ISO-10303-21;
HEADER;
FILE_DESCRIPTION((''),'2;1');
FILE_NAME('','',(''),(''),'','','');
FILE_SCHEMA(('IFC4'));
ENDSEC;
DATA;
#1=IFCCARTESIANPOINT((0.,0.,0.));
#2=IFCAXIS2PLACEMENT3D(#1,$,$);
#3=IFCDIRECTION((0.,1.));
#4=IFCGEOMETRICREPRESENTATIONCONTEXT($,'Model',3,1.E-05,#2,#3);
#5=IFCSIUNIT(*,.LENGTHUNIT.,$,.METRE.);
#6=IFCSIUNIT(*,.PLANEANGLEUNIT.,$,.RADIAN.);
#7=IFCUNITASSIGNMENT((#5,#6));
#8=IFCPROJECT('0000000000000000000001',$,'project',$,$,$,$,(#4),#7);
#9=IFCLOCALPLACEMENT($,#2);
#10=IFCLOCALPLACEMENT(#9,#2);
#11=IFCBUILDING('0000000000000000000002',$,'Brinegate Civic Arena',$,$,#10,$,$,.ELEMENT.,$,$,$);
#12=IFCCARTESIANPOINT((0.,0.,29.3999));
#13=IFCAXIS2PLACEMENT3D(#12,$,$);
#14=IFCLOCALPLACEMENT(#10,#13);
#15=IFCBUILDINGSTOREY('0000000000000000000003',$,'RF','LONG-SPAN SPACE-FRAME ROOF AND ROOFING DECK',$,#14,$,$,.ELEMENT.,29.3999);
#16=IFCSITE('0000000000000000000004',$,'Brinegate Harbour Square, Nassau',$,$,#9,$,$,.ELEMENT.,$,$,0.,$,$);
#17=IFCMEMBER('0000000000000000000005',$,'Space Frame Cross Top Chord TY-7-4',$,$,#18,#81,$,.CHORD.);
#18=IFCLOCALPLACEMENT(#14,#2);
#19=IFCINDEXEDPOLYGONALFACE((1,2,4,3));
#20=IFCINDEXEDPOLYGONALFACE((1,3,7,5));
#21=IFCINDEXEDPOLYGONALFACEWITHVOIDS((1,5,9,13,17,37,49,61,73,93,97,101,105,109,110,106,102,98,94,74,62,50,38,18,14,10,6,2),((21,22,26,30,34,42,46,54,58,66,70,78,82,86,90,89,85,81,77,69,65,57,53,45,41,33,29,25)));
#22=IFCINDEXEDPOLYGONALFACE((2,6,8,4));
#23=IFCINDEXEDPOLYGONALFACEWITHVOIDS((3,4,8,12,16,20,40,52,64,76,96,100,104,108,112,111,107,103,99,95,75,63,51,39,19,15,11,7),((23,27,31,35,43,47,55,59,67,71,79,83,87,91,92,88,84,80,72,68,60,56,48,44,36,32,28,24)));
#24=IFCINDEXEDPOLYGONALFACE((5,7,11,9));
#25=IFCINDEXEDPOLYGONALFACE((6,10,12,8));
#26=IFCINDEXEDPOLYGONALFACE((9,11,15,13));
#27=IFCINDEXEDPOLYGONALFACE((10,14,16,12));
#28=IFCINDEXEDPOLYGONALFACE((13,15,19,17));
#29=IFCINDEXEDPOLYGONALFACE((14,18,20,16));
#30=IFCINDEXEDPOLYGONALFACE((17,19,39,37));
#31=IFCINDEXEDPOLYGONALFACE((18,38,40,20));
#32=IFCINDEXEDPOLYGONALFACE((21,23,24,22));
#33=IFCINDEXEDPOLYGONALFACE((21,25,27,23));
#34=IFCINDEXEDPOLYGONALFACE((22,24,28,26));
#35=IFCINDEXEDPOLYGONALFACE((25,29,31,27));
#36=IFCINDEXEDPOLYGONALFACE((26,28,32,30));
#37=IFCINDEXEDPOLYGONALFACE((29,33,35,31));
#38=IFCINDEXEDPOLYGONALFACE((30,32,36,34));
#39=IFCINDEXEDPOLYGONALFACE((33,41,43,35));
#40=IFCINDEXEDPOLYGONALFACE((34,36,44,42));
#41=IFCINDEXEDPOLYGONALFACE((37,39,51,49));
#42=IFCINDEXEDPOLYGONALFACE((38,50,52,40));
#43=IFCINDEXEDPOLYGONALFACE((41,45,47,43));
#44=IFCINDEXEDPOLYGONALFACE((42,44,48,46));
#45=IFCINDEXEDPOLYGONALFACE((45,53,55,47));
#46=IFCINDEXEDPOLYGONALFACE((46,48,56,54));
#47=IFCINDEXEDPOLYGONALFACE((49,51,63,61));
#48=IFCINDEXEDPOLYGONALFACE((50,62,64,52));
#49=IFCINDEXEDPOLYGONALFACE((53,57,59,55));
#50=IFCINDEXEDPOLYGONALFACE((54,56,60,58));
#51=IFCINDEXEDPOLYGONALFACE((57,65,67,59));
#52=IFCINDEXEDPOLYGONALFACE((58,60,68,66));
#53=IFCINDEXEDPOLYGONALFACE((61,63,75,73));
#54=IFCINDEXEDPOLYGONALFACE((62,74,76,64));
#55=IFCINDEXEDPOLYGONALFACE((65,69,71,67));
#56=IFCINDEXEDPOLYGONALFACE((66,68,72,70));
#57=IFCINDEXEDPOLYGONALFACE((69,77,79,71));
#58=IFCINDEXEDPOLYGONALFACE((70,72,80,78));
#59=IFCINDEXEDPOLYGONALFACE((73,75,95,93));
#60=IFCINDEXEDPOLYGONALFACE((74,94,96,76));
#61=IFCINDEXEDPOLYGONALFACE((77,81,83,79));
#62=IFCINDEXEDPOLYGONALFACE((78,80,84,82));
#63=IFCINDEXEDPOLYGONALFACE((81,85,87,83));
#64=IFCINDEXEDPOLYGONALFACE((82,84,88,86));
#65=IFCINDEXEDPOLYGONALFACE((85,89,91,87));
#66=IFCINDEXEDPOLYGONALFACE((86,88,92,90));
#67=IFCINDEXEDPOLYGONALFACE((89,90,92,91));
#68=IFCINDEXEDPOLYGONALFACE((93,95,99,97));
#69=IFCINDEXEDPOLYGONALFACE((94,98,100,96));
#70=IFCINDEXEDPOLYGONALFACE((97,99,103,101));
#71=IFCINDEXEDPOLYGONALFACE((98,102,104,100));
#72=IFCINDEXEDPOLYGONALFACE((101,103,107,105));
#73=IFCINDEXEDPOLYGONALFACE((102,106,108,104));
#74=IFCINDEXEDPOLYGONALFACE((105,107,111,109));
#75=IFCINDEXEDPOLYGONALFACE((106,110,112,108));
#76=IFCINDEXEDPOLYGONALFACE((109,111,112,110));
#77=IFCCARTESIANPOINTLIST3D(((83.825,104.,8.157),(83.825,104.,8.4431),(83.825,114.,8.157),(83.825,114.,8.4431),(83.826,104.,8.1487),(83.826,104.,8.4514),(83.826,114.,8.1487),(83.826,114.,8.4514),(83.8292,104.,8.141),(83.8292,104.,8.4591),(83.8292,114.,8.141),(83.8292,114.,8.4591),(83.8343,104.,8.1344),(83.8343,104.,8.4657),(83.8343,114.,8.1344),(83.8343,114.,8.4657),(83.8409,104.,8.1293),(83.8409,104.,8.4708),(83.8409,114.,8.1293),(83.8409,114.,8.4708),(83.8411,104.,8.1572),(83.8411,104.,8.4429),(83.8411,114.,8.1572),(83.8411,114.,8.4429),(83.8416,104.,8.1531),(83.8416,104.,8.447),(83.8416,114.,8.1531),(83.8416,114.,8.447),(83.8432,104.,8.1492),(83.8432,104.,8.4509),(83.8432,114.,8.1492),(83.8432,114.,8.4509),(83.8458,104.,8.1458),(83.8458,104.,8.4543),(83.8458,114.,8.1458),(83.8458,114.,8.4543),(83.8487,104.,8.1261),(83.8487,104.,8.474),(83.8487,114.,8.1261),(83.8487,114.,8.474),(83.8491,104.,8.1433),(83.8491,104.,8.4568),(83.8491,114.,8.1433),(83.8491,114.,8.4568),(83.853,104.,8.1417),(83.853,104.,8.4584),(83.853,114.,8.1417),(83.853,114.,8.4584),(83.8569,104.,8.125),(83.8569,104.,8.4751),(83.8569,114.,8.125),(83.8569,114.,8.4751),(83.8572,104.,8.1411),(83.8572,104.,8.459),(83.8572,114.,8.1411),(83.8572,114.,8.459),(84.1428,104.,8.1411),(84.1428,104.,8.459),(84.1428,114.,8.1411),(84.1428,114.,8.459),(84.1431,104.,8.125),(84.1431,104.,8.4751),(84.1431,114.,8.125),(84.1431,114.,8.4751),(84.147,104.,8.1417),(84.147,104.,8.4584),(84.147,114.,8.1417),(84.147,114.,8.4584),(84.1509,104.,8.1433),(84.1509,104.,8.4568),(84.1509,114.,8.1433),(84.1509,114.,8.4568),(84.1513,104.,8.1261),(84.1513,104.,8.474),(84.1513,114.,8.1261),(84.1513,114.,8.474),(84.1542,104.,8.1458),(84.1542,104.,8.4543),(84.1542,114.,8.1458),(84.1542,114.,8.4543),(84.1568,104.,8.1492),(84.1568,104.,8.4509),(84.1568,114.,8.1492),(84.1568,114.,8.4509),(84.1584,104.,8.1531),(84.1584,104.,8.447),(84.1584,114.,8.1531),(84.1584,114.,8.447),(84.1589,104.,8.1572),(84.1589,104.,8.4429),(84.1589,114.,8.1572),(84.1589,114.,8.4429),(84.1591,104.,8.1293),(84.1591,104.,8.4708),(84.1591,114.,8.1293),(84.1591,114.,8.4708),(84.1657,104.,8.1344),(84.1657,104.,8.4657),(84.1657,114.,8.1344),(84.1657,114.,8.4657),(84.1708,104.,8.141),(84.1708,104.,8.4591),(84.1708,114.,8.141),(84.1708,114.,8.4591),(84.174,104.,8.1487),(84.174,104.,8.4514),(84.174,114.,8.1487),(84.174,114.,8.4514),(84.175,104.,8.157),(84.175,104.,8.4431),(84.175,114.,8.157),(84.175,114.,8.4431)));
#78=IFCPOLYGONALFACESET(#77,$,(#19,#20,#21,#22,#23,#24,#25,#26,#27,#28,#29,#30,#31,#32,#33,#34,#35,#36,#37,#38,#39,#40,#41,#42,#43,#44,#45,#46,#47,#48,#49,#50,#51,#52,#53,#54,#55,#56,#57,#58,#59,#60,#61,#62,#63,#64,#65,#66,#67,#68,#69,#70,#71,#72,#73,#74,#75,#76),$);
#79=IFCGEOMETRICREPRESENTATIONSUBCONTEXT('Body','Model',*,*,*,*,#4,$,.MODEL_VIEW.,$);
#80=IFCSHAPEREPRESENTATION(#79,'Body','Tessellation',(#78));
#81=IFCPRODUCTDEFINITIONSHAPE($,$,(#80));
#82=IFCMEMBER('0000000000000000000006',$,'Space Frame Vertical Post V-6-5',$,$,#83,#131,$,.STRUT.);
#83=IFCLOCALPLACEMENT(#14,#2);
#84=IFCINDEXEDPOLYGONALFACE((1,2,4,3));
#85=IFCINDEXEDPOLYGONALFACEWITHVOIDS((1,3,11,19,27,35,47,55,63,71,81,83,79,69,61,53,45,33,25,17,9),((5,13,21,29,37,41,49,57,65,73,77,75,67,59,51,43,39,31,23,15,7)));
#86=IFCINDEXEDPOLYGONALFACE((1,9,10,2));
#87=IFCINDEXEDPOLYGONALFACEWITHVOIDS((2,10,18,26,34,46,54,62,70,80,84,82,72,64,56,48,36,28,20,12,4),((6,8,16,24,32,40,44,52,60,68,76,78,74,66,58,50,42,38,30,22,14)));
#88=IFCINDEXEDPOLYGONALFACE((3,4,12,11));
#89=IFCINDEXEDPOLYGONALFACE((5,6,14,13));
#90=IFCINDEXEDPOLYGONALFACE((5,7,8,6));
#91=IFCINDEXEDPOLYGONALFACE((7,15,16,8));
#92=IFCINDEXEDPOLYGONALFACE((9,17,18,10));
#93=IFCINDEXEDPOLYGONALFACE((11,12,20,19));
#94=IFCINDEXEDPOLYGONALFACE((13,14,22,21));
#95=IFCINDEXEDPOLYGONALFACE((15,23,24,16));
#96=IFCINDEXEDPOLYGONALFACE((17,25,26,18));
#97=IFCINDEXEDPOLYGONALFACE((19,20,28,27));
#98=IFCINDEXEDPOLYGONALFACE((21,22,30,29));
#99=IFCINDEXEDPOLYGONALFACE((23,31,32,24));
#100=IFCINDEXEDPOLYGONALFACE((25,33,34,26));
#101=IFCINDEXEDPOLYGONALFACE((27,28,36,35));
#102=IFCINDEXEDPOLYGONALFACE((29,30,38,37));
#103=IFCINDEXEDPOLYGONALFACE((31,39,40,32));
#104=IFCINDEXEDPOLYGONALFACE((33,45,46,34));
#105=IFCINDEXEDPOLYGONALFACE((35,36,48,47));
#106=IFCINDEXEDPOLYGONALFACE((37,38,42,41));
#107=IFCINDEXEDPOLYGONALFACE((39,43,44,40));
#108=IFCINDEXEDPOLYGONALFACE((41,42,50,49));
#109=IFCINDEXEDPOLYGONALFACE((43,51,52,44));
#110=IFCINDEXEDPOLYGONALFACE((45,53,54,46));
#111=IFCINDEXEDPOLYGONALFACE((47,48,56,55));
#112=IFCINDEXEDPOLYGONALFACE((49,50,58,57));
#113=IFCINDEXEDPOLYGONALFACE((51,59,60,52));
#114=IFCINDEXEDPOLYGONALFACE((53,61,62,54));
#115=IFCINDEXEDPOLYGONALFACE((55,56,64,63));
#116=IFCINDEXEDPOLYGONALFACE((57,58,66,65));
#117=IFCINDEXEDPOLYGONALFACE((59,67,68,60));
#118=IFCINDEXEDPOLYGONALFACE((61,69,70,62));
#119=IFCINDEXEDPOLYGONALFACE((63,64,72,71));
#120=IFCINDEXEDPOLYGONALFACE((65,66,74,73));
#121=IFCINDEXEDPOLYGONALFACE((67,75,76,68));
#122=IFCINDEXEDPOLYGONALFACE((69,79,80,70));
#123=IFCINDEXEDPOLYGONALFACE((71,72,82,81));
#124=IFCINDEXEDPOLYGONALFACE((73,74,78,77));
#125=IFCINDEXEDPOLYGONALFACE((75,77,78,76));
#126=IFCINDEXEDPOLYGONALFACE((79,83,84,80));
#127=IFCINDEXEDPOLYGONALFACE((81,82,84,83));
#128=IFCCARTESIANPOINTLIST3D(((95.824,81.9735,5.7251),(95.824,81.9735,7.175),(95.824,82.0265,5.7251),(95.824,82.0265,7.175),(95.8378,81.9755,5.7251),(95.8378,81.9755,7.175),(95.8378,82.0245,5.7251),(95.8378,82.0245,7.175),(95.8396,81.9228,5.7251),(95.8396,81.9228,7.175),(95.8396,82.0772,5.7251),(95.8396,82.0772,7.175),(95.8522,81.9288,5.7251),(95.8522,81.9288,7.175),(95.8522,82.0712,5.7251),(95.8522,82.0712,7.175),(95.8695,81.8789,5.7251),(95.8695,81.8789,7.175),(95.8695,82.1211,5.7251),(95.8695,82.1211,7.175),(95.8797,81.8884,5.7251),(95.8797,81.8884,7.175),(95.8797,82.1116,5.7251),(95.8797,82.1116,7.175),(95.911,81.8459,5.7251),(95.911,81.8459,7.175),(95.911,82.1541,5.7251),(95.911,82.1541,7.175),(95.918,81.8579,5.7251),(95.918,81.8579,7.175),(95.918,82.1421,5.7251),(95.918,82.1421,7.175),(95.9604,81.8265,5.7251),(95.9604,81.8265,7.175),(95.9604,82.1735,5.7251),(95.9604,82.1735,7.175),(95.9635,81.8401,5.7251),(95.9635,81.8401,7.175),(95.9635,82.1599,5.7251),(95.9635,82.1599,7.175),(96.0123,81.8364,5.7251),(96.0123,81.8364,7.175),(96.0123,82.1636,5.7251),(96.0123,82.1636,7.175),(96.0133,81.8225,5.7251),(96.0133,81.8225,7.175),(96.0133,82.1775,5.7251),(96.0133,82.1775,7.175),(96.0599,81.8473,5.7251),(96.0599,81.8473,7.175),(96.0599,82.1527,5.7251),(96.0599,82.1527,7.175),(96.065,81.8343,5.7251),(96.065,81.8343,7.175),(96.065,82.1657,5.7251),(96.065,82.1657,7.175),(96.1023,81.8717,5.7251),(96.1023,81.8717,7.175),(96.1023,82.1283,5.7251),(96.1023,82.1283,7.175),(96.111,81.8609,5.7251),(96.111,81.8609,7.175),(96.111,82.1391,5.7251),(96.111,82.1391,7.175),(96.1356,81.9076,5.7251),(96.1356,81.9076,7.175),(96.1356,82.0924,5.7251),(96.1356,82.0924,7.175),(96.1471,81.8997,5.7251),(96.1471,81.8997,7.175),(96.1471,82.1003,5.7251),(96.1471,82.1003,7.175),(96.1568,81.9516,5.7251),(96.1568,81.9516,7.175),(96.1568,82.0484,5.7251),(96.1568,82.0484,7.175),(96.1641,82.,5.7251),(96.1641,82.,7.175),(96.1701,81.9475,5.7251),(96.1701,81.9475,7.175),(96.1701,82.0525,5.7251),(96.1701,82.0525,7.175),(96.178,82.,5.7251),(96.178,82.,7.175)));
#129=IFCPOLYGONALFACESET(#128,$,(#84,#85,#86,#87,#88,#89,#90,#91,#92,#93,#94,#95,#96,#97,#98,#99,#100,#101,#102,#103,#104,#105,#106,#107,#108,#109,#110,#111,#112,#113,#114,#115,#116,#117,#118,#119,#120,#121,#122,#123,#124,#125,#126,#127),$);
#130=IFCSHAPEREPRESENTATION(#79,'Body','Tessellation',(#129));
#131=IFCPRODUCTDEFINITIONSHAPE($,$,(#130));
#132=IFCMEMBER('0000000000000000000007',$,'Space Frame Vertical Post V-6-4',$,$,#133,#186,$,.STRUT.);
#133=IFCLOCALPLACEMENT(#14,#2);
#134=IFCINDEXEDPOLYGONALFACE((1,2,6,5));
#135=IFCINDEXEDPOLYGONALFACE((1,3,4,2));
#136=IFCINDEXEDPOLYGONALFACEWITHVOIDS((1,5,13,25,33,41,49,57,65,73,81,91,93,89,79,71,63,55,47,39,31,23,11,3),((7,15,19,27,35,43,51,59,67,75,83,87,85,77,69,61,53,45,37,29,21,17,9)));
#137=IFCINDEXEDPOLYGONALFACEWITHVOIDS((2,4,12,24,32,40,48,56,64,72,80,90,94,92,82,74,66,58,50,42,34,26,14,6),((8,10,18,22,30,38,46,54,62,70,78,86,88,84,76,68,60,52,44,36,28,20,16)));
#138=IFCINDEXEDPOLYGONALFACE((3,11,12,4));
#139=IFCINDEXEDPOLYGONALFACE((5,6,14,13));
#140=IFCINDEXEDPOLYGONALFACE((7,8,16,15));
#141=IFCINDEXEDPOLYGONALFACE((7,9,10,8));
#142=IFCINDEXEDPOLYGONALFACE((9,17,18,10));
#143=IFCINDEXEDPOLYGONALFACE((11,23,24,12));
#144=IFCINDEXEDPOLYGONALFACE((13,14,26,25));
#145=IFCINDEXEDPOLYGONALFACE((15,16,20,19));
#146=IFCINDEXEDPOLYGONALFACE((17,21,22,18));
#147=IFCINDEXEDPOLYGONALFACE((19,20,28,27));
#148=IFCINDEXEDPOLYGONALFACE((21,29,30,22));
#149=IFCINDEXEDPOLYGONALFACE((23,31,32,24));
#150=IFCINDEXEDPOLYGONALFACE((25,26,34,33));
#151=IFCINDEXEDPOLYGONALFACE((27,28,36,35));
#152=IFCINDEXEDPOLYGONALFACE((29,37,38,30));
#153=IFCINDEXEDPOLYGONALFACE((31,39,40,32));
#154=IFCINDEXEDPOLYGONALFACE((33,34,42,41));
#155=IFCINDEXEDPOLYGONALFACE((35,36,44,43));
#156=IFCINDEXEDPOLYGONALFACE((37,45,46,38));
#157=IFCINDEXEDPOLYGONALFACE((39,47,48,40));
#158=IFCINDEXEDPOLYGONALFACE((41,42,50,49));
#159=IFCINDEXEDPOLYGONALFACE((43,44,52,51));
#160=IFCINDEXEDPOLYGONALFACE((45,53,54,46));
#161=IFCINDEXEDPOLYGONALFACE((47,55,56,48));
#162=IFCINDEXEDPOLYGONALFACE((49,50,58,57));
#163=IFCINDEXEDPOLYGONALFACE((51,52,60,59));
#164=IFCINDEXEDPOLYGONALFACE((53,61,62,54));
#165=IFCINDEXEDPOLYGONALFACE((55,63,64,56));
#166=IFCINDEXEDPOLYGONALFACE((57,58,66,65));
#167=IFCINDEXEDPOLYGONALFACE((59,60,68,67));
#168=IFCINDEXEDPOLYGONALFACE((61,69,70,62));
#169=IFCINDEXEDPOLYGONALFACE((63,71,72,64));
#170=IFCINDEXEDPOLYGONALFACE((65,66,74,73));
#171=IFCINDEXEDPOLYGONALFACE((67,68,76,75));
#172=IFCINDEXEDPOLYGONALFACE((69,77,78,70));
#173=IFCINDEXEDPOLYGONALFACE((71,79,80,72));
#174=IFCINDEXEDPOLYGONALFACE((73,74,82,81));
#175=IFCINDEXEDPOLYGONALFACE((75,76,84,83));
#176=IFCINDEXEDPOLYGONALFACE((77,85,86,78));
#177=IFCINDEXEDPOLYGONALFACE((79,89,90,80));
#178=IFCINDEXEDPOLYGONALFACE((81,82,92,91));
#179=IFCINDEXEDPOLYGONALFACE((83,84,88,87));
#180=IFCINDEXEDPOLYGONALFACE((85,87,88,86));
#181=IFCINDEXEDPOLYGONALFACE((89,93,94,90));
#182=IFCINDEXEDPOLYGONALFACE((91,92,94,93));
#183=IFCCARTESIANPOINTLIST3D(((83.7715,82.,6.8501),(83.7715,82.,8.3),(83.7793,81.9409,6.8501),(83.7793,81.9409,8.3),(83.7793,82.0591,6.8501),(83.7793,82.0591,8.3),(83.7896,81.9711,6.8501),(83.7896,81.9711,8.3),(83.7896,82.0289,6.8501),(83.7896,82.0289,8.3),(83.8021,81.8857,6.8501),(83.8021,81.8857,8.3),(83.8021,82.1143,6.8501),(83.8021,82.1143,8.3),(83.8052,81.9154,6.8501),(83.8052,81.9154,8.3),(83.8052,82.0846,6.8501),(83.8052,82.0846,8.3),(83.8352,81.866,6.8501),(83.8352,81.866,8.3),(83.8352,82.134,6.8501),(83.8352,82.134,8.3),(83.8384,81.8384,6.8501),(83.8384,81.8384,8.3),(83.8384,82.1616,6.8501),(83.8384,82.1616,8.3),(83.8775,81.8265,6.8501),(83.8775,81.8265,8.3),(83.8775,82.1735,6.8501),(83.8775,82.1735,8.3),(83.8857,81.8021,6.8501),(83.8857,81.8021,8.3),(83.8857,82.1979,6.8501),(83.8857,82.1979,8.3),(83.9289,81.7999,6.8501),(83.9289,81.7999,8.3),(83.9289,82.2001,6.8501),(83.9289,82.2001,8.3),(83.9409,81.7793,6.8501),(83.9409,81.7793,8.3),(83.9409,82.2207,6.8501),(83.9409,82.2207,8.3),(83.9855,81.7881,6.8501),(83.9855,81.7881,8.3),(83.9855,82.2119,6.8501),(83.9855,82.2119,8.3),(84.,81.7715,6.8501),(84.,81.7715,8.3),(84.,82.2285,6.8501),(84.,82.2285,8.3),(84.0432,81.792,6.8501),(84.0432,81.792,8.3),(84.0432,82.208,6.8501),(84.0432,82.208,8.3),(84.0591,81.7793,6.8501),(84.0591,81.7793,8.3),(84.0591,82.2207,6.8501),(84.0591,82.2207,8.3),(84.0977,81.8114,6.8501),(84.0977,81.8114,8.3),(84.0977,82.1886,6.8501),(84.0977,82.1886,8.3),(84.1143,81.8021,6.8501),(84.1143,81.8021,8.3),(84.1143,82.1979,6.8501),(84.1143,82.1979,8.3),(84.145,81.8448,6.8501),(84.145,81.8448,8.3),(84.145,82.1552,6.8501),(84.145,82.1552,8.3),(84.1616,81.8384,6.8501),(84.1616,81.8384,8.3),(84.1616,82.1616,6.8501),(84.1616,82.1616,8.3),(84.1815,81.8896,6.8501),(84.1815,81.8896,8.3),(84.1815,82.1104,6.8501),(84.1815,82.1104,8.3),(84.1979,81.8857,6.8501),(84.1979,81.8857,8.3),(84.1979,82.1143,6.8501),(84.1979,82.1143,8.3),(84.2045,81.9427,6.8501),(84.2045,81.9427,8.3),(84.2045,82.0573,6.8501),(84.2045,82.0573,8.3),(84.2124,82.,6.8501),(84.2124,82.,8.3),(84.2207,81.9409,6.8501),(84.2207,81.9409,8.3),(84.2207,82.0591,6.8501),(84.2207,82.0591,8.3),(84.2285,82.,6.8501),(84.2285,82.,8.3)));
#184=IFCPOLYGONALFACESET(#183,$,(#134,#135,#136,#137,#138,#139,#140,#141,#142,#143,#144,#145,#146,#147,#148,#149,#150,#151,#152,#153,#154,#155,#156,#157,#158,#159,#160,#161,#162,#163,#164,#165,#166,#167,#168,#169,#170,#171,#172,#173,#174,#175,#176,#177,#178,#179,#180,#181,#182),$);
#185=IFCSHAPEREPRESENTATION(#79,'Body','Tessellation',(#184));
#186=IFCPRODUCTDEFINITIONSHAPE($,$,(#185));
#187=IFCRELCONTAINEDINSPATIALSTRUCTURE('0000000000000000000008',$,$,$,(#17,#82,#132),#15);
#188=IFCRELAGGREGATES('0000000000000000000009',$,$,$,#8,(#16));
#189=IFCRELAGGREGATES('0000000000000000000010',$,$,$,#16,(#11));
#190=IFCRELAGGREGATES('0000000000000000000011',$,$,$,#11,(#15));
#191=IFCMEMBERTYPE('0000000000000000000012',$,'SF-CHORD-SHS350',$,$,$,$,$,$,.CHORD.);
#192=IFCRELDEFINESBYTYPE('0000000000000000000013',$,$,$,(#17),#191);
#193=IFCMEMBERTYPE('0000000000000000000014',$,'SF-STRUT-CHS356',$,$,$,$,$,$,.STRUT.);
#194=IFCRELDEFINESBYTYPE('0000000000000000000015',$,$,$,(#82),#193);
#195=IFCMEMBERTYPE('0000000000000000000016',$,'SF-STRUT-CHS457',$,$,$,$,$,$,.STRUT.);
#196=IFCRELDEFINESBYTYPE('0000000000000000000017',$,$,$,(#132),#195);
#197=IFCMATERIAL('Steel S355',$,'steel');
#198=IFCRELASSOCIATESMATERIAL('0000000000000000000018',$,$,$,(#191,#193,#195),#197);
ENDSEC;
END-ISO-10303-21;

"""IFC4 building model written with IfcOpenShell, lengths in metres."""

from ifc_helpers import new_model, si_unit, direction, frame, origin, origin_2d, place, context, subcontext, project, spatial, hollow_rectangle, hollow_circle, extrude, material, material_profile, profile_set, type_object, element, save


model = new_model("IFC4")

# Units and contexts
model_context = context("Model", 3, precision=1e-05, world=origin(), true_north=direction((0.0, 1.0)))
body_context = subcontext(model_context, "Body", "Model", "MODEL_VIEW")
ifc_project = project(units=[si_unit("LENGTHUNIT", "METRE"), si_unit("PLANEANGLEUNIT", "RADIAN")], contexts=[model_context])

# Site, building, storey
site_placement = place(None, origin())
site = spatial("IfcSite", under=ifc_project, at=site_placement, Name="Brinegate Harbour Square, Nassau", CompositionType="ELEMENT", RefElevation=0.0)
building_placement = place(site_placement, origin())
building = spatial("IfcBuilding", under=site, at=building_placement, Name="Brinegate Civic Arena", CompositionType="ELEMENT")
storey_placement = place(building_placement, frame((0.0, 0.0, 29.3999)))
storey = spatial("IfcBuildingStorey", under=building, at=storey_placement, Name="RF", Description="LONG-SPAN SPACE-FRAME ROOF AND ROOFING DECK", CompositionType="ELEMENT", Elevation=29.3999)

# Members
ifc_material = material(Name="Steel S355", Category="steel")
ifc_material_profile_1 = material_profile(ifc_material, hollow_rectangle(XDim=0.3501, YDim=0.3501, WallThickness=0.0161, InnerFilletRadius=0.0161, OuterFilletRadius=0.032, at=origin_2d()), Name="SHS350X16")
ifc_profile_set_1 = profile_set([ifc_material_profile_1], Name="Steel S355")
member_type_1 = type_object("IfcMemberType", Name="SF-CHORD-SHS350", PredefinedType="CHORD", material=ifc_profile_set_1)
member_1_placement = place(storey_placement, frame((84.0, 104.0, 8.3), z_axis=(0.0, 1.0, 0.0), x_axis=(-1.0, 0.0, 0.0)))
element("IfcMember", 1, at=member_1_placement, inside=storey, type_object=member_type_1, Name="Space Frame Cross Top Chord TY-7-4", PredefinedType="CHORD", context=body_context, shape_type="SweptSolid", body=[
    extrude(hollow_rectangle(XDim=0.3501, YDim=0.3501, WallThickness=0.0161, InnerFilletRadius=0.0161, OuterFilletRadius=0.032, at=origin_2d()), origin(), (0.0, 0.0, 1.0), 10.0),
])
ifc_material_profile_2 = material_profile(ifc_material, hollow_circle(Radius=0.178, WallThickness=0.0139, at=origin_2d()), Name="CHS356X14")
ifc_profile_set_2 = profile_set([ifc_material_profile_2], Name="Steel S355")
member_type_2 = type_object("IfcMemberType", Name="SF-STRUT-CHS356", PredefinedType="STRUT", material=ifc_profile_set_2)
member_2_placement = place(storey_placement, frame((96.0, 82.0, 5.7251), z_axis=(0.0, 0.0, 1.0), x_axis=(1.0, 0.0, 0.0)))
element("IfcMember", 2, at=member_2_placement, inside=storey, type_object=member_type_2, Name="Space Frame Vertical Post V-6-5", PredefinedType="STRUT", context=body_context, shape_type="SweptSolid", body=[
    extrude(hollow_circle(Radius=0.178, WallThickness=0.0139, at=origin_2d()), origin(), (0.0, 0.0, 1.0), 1.45),
])
ifc_material_profile_3 = material_profile(ifc_material, hollow_circle(Radius=0.2285, WallThickness=0.0161, at=origin_2d()), Name="CHS457X16")
ifc_profile_set_3 = profile_set([ifc_material_profile_3], Name="Steel S355")
member_type_3 = type_object("IfcMemberType", Name="SF-STRUT-CHS457", PredefinedType="STRUT", material=ifc_profile_set_3)
for number, where, z_axis, x_axis, name in (
    (3, (84.0, 82.0, 6.8501), (0.0, 0.0, 1.0), (1.0, 0.0, 0.0), "Space Frame Vertical Post V-6-4"),
):
    element("IfcMember", number, at=place(storey_placement, frame(where, z_axis=z_axis, x_axis=x_axis)), inside=storey, type_object=member_type_3, Name=name, PredefinedType="STRUT", context=body_context, shape_type="SweptSolid", body=[
        extrude(hollow_circle(Radius=0.2285, WallThickness=0.0161, at=origin_2d()), origin(), (0.0, 0.0, 1.0), 1.45),
    ])

save(model, "model.ifc")
